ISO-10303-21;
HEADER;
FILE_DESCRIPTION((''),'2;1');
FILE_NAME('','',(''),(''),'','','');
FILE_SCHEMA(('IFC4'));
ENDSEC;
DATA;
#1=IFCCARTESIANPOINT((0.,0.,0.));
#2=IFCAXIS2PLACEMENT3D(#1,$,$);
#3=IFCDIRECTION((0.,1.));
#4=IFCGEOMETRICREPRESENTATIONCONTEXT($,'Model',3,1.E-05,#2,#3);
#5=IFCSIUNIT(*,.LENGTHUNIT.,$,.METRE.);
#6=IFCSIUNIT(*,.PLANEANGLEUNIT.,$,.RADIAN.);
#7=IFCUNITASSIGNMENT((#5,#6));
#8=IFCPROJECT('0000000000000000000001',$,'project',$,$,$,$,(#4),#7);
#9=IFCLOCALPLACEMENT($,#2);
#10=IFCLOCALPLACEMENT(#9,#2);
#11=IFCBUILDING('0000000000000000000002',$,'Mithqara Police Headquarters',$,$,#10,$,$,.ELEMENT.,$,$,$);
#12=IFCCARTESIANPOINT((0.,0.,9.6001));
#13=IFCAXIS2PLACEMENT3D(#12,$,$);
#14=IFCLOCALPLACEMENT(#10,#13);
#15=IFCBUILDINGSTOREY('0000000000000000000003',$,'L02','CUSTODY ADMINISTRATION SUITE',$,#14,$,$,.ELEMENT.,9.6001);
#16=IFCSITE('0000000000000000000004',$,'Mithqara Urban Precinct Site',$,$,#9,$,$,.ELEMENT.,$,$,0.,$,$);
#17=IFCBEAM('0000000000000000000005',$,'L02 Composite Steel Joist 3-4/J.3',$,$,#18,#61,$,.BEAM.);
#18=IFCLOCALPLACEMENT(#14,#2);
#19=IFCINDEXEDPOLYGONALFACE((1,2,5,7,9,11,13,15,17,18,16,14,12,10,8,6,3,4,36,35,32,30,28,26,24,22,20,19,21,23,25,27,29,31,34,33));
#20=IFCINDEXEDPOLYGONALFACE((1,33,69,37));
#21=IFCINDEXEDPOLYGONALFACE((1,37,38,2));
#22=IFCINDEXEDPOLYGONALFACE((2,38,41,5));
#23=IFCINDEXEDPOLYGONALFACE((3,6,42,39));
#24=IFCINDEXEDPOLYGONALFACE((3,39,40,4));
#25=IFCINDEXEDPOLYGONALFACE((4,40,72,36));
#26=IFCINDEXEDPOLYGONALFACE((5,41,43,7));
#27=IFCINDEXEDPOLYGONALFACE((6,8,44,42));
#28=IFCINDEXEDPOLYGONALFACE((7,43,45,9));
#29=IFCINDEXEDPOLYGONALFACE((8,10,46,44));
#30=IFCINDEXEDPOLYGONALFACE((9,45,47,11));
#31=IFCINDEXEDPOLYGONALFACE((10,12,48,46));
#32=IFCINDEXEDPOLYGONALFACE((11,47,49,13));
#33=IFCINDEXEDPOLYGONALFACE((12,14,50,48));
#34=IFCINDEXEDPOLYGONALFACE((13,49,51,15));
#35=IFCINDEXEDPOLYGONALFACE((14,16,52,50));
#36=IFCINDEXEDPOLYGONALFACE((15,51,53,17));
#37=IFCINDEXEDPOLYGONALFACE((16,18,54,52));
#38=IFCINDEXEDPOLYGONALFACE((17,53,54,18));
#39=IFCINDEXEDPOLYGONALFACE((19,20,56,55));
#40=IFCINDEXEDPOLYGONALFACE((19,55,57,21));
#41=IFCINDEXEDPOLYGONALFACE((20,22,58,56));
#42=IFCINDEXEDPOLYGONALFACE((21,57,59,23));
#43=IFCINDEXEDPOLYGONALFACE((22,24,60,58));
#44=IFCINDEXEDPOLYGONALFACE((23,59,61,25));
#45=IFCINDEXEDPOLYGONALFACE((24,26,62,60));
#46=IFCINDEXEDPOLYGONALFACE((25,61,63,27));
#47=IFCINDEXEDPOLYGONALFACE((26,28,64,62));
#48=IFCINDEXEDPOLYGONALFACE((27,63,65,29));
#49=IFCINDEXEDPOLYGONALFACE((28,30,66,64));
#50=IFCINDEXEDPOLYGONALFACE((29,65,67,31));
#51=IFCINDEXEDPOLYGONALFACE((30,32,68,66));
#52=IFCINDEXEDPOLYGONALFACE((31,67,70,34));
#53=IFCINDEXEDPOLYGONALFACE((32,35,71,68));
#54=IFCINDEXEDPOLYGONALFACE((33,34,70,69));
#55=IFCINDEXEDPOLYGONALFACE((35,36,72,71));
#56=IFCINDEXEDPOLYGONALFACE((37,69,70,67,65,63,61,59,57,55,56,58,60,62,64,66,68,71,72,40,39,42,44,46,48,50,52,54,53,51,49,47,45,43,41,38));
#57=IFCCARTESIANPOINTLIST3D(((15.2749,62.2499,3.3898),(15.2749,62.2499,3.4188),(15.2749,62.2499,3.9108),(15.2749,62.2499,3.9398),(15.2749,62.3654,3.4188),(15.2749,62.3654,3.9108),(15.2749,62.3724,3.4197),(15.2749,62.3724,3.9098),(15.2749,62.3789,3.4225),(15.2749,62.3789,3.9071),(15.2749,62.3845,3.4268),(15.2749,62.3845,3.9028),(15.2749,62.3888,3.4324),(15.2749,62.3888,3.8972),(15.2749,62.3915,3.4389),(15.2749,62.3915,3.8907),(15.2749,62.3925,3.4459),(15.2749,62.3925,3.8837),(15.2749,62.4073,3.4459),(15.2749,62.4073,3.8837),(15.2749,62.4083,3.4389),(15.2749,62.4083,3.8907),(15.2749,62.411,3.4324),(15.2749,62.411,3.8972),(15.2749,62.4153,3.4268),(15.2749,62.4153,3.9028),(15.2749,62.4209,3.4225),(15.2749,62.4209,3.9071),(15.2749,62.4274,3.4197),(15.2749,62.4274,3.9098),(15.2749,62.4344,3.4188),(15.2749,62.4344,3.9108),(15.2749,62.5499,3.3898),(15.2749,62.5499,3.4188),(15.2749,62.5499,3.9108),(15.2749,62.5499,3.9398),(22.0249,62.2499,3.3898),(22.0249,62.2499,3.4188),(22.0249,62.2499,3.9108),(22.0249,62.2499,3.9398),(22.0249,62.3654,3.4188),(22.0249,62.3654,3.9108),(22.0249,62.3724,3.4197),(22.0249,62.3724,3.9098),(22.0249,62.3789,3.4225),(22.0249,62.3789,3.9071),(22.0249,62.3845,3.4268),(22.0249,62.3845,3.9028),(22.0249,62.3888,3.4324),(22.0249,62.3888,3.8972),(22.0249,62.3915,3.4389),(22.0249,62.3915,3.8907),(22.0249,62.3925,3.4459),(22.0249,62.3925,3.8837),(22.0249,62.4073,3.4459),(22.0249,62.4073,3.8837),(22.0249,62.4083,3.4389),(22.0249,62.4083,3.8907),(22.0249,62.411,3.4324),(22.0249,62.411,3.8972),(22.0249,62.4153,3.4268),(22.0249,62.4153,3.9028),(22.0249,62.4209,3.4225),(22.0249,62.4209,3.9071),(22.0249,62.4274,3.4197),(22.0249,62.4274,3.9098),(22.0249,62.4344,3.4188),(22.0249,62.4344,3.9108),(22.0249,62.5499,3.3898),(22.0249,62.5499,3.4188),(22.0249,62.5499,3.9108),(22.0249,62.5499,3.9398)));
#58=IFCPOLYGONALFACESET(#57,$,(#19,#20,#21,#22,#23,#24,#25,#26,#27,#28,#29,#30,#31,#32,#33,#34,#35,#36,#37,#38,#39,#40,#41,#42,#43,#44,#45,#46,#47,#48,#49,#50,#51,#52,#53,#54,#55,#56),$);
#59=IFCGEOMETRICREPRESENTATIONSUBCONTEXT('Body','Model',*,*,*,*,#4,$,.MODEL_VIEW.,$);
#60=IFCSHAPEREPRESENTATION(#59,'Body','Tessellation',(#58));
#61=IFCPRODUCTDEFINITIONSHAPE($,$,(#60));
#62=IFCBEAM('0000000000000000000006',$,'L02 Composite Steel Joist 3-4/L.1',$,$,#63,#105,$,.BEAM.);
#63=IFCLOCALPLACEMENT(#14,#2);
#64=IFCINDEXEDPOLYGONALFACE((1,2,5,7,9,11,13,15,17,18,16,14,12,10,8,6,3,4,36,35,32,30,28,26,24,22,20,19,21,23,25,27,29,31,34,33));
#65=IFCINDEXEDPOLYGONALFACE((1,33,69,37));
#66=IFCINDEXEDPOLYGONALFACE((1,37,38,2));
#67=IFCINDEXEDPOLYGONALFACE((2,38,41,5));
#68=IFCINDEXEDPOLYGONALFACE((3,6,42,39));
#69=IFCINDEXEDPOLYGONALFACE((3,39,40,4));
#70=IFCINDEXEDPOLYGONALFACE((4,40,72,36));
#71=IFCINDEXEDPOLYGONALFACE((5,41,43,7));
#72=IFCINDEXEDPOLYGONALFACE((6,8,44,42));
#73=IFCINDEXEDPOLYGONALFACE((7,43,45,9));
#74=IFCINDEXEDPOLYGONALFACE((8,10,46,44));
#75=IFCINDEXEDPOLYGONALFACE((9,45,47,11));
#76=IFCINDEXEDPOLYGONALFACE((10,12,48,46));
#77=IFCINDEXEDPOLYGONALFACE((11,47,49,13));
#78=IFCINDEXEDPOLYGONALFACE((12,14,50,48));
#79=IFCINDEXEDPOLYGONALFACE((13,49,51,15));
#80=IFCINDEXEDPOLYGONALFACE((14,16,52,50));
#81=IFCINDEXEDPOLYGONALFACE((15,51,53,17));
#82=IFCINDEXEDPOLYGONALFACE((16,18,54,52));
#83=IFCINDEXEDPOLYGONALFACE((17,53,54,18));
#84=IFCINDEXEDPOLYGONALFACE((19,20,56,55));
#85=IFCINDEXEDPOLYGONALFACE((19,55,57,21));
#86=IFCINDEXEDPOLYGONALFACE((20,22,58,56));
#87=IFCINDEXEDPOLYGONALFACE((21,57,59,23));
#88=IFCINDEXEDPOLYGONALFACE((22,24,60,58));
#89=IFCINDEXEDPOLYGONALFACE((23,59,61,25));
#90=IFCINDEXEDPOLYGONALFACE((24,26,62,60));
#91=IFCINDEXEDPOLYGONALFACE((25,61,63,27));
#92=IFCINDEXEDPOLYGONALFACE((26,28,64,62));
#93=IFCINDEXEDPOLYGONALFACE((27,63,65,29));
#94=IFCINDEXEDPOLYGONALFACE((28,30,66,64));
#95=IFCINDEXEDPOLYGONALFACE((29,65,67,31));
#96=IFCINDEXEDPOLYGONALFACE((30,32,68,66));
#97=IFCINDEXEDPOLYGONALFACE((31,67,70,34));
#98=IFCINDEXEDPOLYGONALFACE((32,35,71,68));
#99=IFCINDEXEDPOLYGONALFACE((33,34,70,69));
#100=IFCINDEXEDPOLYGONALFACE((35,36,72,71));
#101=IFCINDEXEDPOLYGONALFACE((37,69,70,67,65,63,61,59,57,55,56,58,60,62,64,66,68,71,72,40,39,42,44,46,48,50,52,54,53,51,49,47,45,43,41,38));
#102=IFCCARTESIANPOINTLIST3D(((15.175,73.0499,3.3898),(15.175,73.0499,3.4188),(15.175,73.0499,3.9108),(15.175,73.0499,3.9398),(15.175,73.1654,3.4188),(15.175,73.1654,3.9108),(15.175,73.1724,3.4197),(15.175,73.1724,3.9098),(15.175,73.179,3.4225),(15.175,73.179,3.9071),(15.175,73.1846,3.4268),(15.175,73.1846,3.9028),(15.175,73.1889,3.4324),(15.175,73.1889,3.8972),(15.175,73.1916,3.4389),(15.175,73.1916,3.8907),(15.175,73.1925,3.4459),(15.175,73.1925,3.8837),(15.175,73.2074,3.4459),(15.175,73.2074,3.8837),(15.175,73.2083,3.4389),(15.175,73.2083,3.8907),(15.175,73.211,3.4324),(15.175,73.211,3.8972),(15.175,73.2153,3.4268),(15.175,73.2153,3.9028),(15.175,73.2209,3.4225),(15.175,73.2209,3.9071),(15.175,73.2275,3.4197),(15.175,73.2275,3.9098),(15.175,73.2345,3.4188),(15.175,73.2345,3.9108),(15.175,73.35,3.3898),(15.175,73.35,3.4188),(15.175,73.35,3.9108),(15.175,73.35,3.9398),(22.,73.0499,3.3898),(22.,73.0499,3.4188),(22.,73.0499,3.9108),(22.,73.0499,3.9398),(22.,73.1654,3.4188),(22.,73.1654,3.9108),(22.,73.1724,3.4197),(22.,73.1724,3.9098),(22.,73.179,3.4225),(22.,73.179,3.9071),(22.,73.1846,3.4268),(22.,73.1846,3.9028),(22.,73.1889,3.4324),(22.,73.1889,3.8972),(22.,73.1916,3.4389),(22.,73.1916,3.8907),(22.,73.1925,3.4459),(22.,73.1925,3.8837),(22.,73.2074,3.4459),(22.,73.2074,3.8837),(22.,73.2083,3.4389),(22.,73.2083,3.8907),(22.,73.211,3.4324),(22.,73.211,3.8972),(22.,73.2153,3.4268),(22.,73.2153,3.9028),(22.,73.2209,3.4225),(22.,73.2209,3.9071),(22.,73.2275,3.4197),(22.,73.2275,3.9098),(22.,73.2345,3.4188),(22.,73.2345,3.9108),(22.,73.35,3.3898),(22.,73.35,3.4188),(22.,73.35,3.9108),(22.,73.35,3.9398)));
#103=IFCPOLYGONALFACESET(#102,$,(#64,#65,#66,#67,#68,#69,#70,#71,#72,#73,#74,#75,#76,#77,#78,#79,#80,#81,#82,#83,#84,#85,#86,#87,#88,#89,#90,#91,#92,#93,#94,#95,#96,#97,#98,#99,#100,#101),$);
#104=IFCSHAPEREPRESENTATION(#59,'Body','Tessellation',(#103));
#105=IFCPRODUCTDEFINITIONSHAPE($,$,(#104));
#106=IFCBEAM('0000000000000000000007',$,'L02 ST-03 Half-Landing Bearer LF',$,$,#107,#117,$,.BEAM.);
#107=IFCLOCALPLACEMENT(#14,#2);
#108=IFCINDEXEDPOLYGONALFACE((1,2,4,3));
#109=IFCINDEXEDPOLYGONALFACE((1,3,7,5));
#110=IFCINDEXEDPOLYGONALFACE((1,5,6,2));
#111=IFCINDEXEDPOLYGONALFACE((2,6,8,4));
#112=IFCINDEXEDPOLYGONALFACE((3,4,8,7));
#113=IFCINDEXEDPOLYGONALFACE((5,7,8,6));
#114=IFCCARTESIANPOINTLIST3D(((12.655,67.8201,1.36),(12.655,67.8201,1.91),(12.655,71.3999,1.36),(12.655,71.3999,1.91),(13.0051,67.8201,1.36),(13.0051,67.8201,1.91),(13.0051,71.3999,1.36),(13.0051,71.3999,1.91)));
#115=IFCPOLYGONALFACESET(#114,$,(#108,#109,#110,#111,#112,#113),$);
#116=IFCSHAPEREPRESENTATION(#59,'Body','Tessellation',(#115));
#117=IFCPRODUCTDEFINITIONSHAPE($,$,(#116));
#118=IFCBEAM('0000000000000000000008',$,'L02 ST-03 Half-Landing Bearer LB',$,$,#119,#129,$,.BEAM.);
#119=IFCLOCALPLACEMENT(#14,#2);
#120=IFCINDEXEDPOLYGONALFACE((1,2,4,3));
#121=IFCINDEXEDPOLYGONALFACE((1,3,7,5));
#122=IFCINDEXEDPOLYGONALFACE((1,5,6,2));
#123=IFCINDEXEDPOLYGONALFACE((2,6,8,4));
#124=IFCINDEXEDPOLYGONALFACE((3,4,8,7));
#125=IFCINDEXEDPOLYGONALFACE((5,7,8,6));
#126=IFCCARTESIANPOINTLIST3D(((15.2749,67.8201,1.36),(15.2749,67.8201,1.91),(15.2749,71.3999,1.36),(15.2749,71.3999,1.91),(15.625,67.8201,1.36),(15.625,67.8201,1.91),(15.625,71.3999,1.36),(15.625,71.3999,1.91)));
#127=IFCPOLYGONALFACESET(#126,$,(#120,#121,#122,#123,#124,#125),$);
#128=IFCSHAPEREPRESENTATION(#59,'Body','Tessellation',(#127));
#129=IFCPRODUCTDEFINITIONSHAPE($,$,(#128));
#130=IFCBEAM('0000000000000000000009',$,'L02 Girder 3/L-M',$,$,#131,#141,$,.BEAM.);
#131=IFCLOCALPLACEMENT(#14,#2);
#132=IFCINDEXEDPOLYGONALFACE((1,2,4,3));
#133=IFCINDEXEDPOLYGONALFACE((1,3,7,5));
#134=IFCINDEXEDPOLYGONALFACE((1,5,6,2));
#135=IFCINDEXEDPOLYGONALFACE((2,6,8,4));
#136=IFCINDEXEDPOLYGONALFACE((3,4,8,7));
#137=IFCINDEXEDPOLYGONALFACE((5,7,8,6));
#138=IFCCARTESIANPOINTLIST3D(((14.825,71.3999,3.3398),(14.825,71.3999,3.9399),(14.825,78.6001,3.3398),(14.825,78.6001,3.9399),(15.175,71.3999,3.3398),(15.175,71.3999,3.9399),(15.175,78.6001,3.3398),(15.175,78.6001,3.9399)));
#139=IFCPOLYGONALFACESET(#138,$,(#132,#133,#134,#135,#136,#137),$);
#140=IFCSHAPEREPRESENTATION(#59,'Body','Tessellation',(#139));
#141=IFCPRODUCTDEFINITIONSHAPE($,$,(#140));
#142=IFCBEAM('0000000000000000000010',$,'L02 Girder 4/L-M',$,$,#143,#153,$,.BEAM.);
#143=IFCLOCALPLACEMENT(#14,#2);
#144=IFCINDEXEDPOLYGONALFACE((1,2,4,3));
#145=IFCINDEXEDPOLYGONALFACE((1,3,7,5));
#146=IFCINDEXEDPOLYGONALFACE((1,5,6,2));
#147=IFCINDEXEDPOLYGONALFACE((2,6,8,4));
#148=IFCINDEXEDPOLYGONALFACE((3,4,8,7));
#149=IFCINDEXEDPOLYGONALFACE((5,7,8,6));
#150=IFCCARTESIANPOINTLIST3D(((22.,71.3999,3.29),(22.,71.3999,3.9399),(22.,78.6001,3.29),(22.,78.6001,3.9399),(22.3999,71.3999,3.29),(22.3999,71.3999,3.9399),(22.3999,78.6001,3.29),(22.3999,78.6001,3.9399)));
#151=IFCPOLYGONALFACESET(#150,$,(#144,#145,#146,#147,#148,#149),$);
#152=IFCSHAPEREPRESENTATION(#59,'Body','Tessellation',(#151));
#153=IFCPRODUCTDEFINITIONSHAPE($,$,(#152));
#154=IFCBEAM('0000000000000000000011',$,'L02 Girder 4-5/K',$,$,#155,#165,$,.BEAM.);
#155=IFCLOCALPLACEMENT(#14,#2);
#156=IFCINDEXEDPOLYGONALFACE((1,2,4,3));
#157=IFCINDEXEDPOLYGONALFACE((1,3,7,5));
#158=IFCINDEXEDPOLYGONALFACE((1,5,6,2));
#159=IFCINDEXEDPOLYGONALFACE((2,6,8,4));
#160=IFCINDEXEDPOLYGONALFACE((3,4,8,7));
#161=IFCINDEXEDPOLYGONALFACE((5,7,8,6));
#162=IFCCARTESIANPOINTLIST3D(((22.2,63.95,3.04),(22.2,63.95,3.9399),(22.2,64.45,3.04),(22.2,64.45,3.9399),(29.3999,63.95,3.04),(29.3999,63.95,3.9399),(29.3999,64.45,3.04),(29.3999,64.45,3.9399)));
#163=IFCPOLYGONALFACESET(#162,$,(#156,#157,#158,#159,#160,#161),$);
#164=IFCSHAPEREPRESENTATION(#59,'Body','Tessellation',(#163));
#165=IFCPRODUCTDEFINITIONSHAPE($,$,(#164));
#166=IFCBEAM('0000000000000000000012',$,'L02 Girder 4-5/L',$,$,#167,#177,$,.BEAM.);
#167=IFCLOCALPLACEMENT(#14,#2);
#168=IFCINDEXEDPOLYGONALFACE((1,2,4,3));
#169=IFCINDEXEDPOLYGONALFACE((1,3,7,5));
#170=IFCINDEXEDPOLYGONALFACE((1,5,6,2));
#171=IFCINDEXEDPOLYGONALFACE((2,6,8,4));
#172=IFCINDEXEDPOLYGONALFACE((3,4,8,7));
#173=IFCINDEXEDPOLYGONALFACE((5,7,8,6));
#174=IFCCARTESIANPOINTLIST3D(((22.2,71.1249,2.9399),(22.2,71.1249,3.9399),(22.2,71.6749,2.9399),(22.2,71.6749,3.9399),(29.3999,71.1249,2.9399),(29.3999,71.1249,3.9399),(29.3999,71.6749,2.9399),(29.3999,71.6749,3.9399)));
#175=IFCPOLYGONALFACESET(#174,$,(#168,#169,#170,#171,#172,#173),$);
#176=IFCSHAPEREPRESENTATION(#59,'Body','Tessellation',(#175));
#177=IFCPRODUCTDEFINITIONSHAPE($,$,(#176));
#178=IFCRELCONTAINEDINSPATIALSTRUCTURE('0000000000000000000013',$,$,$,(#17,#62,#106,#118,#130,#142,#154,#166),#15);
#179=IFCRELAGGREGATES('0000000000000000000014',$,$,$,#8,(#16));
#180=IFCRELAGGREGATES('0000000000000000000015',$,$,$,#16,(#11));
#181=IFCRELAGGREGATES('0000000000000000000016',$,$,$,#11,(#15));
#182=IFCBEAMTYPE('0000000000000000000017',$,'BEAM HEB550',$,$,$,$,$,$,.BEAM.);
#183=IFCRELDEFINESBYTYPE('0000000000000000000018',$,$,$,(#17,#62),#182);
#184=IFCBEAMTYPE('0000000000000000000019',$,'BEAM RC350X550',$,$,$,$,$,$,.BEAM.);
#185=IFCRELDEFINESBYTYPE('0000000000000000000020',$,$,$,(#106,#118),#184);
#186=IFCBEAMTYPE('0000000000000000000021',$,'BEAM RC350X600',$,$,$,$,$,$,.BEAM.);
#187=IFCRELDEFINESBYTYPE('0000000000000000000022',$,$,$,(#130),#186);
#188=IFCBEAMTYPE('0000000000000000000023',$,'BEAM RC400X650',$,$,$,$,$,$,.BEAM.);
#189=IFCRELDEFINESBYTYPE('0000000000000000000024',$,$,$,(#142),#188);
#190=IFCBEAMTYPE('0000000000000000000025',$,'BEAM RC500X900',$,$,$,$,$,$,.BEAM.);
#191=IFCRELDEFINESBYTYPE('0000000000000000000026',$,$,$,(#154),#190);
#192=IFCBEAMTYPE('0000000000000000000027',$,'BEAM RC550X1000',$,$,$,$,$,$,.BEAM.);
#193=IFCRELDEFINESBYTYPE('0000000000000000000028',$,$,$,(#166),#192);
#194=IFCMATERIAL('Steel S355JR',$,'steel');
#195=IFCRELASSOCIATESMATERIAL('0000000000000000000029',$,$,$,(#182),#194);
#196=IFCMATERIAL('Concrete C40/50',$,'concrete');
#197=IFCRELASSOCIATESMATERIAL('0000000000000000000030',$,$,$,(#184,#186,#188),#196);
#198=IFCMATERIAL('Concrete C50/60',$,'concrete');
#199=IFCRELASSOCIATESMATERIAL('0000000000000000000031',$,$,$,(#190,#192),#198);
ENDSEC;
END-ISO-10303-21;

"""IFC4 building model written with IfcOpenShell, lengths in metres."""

from ifc_helpers import new_model, si_unit, direction, frame, origin, origin_2d, place, context, subcontext, project, spatial, rectangle, i_section, extrude, material, material_profile, profile_set, type_object, element, save


model = new_model("IFC4")

# Units and contexts
model_context = context("Model", 3, precision=1e-05, world=origin(), true_north=direction((0.0, 1.0)))
body_context = subcontext(model_context, "Body", "Model", "MODEL_VIEW")
ifc_project = project(units=[si_unit("LENGTHUNIT", "METRE"), si_unit("PLANEANGLEUNIT", "RADIAN")], contexts=[model_context])

# Site, building, storey
site_placement = place(None, origin())
site = spatial("IfcSite", under=ifc_project, at=site_placement, Name="Mithqara Urban Precinct Site", CompositionType="ELEMENT", RefElevation=0.0)
building_placement = place(site_placement, origin())
building = spatial("IfcBuilding", under=site, at=building_placement, Name="Mithqara Police Headquarters", CompositionType="ELEMENT")
storey_placement = place(building_placement, frame((0.0, 0.0, 9.6001)))
storey = spatial("IfcBuildingStorey", under=building, at=storey_placement, Name="L02", Description="CUSTODY ADMINISTRATION SUITE", CompositionType="ELEMENT", Elevation=9.6001)

# Beams
ifc_material_1 = material(Name="Steel S355JR", Category="steel")
ifc_material_profile_1 = material_profile(ifc_material_1, i_section(OverallWidth=0.3, OverallDepth=0.55, WebThickness=0.0149, FlangeThickness=0.0291, FilletRadius=0.0271, at=origin_2d()), Name="HEB 550")
ifc_profile_set_1 = profile_set([ifc_material_profile_1], Name="Steel S355JR")
beam_type_1 = type_object("IfcBeamType", Name="BEAM HEB550", PredefinedType="BEAM", material=ifc_profile_set_1)
beam_1_placement = place(storey_placement, frame((15.2749, 62.3999, 3.6648), z_axis=(1.0, 0.0, 0.0), x_axis=(0.0, 1.0, 0.0)))
element("IfcBeam", 1, at=beam_1_placement, inside=storey, type_object=beam_type_1, Name="L02 Composite Steel Joist 3-4/J.3", PredefinedType="BEAM", context=body_context, shape_type="SweptSolid", body=[
    extrude(i_section(OverallWidth=0.3, OverallDepth=0.55, WebThickness=0.0149, FlangeThickness=0.0291, FilletRadius=0.0271, at=origin_2d()), origin(), (0.0, 0.0, 1.0), 6.75),
])
beam_2_placement = place(storey_placement, frame((15.175, 73.2, 3.6648), z_axis=(1.0, 0.0, 0.0), x_axis=(0.0, 1.0, 0.0)))
element("IfcBeam", 2, at=beam_2_placement, inside=storey, type_object=beam_type_1, Name="L02 Composite Steel Joist 3-4/L.1", PredefinedType="BEAM", context=body_context, shape_type="SweptSolid", body=[
    extrude(i_section(OverallWidth=0.3, OverallDepth=0.55, WebThickness=0.0149, FlangeThickness=0.0291, FilletRadius=0.0271, at=origin_2d()), origin(), (0.0, 0.0, 1.0), 6.825),
])
ifc_material_2 = material(Name="Concrete C40/50", Category="concrete")
ifc_material_profile_2 = material_profile(ifc_material_2, rectangle(XDim=0.3501, YDim=0.55, at=origin_2d()), Name="RC 350x550")
ifc_profile_set_2 = profile_set([ifc_material_profile_2], Name="Concrete C40/50")
beam_type_2 = type_object("IfcBeamType", Name="BEAM RC350X550", PredefinedType="BEAM", material=ifc_profile_set_2)
for number, where, z_axis, x_axis, name in (
    (3, (12.8301, 67.8201, 1.635), (0.0, 1.0, 0.0), (-1.0, 0.0, 0.0), "L02 ST-03 Half-Landing Bearer LF"),
    (4, (15.45, 67.8201, 1.635), (0.0, 1.0, 0.0), (-1.0, 0.0, 0.0), "L02 ST-03 Half-Landing Bearer LB"),
):
    element("IfcBeam", number, at=place(storey_placement, frame(where, z_axis=z_axis, x_axis=x_axis)), inside=storey, type_object=beam_type_2, Name=name, PredefinedType="BEAM", context=body_context, shape_type="SweptSolid", body=[
        extrude(rectangle(XDim=0.3501, YDim=0.55, at=origin_2d()), origin(), (0.0, 0.0, 1.0), 3.5798),
    ])
ifc_material_profile_3 = material_profile(ifc_material_2, rectangle(XDim=0.3501, YDim=0.6001, at=origin_2d()), Name="RC 350x600")
ifc_profile_set_3 = profile_set([ifc_material_profile_3], Name="Concrete C40/50")
beam_type_3 = type_object("IfcBeamType", Name="BEAM RC350X600", PredefinedType="BEAM", material=ifc_profile_set_3)
beam_3_placement = place(storey_placement, frame((15.0, 71.3999, 3.6399), z_axis=(0.0, 1.0, 0.0), x_axis=(-1.0, 0.0, 0.0)))
element("IfcBeam", 5, at=beam_3_placement, inside=storey, type_object=beam_type_3, Name="L02 Girder 3/L-M", PredefinedType="BEAM", context=body_context, shape_type="SweptSolid", body=[
    extrude(rectangle(XDim=0.3501, YDim=0.6001, at=origin_2d()), origin(), (0.0, 0.0, 1.0), 7.2002),
])
ifc_material_profile_4 = material_profile(ifc_material_2, rectangle(XDim=0.3999, YDim=0.6499, at=origin_2d()), Name="RC 400x650")
ifc_profile_set_4 = profile_set([ifc_material_profile_4], Name="Concrete C40/50")
beam_type_4 = type_object("IfcBeamType", Name="BEAM RC400X650", PredefinedType="BEAM", material=ifc_profile_set_4)
beam_4_placement = place(storey_placement, frame((22.2, 71.3999, 3.615), z_axis=(0.0, 1.0, 0.0), x_axis=(-1.0, 0.0, 0.0)))
element("IfcBeam", 6, at=beam_4_placement, inside=storey, type_object=beam_type_4, Name="L02 Girder 4/L-M", PredefinedType="BEAM", context=body_context, shape_type="SweptSolid", body=[
    extrude(rectangle(XDim=0.3999, YDim=0.6499, at=origin_2d()), origin(), (0.0, 0.0, 1.0), 7.2002),
])
ifc_material_3 = material(Name="Concrete C50/60", Category="concrete")
ifc_material_profile_5 = material_profile(ifc_material_3, rectangle(XDim=0.5, YDim=0.8999, at=origin_2d()), Name="RC 500x900")
ifc_profile_set_5 = profile_set([ifc_material_profile_5], Name="Concrete C50/60")
beam_type_5 = type_object("IfcBeamType", Name="BEAM RC500X900", PredefinedType="BEAM", material=ifc_profile_set_5)
beam_5_placement = place(storey_placement, frame((22.2, 64.2, 3.49), z_axis=(1.0, 0.0, 0.0), x_axis=(0.0, 1.0, 0.0)))
element("IfcBeam", 7, at=beam_5_placement, inside=storey, type_object=beam_type_5, Name="L02 Girder 4-5/K", PredefinedType="BEAM", context=body_context, shape_type="SweptSolid", body=[
    extrude(rectangle(XDim=0.5, YDim=0.8999, at=origin_2d()), origin(), (0.0, 0.0, 1.0), 7.2),
])
ifc_material_profile_6 = material_profile(ifc_material_3, rectangle(XDim=0.55, YDim=1.0, at=origin_2d()), Name="RC 550x1000")
ifc_profile_set_6 = profile_set([ifc_material_profile_6], Name="Concrete C50/60")
beam_type_6 = type_object("IfcBeamType", Name="BEAM RC550X1000", PredefinedType="BEAM", material=ifc_profile_set_6)
beam_6_placement = place(storey_placement, frame((22.2, 71.3999, 3.4399), z_axis=(1.0, 0.0, 0.0), x_axis=(0.0, 1.0, 0.0)))
element("IfcBeam", 8, at=beam_6_placement, inside=storey, type_object=beam_type_6, Name="L02 Girder 4-5/L", PredefinedType="BEAM", context=body_context, shape_type="SweptSolid", body=[
    extrude(rectangle(XDim=0.55, YDim=1.0, at=origin_2d()), origin(), (0.0, 0.0, 1.0), 7.2),
])

save(model, "model.ifc")
